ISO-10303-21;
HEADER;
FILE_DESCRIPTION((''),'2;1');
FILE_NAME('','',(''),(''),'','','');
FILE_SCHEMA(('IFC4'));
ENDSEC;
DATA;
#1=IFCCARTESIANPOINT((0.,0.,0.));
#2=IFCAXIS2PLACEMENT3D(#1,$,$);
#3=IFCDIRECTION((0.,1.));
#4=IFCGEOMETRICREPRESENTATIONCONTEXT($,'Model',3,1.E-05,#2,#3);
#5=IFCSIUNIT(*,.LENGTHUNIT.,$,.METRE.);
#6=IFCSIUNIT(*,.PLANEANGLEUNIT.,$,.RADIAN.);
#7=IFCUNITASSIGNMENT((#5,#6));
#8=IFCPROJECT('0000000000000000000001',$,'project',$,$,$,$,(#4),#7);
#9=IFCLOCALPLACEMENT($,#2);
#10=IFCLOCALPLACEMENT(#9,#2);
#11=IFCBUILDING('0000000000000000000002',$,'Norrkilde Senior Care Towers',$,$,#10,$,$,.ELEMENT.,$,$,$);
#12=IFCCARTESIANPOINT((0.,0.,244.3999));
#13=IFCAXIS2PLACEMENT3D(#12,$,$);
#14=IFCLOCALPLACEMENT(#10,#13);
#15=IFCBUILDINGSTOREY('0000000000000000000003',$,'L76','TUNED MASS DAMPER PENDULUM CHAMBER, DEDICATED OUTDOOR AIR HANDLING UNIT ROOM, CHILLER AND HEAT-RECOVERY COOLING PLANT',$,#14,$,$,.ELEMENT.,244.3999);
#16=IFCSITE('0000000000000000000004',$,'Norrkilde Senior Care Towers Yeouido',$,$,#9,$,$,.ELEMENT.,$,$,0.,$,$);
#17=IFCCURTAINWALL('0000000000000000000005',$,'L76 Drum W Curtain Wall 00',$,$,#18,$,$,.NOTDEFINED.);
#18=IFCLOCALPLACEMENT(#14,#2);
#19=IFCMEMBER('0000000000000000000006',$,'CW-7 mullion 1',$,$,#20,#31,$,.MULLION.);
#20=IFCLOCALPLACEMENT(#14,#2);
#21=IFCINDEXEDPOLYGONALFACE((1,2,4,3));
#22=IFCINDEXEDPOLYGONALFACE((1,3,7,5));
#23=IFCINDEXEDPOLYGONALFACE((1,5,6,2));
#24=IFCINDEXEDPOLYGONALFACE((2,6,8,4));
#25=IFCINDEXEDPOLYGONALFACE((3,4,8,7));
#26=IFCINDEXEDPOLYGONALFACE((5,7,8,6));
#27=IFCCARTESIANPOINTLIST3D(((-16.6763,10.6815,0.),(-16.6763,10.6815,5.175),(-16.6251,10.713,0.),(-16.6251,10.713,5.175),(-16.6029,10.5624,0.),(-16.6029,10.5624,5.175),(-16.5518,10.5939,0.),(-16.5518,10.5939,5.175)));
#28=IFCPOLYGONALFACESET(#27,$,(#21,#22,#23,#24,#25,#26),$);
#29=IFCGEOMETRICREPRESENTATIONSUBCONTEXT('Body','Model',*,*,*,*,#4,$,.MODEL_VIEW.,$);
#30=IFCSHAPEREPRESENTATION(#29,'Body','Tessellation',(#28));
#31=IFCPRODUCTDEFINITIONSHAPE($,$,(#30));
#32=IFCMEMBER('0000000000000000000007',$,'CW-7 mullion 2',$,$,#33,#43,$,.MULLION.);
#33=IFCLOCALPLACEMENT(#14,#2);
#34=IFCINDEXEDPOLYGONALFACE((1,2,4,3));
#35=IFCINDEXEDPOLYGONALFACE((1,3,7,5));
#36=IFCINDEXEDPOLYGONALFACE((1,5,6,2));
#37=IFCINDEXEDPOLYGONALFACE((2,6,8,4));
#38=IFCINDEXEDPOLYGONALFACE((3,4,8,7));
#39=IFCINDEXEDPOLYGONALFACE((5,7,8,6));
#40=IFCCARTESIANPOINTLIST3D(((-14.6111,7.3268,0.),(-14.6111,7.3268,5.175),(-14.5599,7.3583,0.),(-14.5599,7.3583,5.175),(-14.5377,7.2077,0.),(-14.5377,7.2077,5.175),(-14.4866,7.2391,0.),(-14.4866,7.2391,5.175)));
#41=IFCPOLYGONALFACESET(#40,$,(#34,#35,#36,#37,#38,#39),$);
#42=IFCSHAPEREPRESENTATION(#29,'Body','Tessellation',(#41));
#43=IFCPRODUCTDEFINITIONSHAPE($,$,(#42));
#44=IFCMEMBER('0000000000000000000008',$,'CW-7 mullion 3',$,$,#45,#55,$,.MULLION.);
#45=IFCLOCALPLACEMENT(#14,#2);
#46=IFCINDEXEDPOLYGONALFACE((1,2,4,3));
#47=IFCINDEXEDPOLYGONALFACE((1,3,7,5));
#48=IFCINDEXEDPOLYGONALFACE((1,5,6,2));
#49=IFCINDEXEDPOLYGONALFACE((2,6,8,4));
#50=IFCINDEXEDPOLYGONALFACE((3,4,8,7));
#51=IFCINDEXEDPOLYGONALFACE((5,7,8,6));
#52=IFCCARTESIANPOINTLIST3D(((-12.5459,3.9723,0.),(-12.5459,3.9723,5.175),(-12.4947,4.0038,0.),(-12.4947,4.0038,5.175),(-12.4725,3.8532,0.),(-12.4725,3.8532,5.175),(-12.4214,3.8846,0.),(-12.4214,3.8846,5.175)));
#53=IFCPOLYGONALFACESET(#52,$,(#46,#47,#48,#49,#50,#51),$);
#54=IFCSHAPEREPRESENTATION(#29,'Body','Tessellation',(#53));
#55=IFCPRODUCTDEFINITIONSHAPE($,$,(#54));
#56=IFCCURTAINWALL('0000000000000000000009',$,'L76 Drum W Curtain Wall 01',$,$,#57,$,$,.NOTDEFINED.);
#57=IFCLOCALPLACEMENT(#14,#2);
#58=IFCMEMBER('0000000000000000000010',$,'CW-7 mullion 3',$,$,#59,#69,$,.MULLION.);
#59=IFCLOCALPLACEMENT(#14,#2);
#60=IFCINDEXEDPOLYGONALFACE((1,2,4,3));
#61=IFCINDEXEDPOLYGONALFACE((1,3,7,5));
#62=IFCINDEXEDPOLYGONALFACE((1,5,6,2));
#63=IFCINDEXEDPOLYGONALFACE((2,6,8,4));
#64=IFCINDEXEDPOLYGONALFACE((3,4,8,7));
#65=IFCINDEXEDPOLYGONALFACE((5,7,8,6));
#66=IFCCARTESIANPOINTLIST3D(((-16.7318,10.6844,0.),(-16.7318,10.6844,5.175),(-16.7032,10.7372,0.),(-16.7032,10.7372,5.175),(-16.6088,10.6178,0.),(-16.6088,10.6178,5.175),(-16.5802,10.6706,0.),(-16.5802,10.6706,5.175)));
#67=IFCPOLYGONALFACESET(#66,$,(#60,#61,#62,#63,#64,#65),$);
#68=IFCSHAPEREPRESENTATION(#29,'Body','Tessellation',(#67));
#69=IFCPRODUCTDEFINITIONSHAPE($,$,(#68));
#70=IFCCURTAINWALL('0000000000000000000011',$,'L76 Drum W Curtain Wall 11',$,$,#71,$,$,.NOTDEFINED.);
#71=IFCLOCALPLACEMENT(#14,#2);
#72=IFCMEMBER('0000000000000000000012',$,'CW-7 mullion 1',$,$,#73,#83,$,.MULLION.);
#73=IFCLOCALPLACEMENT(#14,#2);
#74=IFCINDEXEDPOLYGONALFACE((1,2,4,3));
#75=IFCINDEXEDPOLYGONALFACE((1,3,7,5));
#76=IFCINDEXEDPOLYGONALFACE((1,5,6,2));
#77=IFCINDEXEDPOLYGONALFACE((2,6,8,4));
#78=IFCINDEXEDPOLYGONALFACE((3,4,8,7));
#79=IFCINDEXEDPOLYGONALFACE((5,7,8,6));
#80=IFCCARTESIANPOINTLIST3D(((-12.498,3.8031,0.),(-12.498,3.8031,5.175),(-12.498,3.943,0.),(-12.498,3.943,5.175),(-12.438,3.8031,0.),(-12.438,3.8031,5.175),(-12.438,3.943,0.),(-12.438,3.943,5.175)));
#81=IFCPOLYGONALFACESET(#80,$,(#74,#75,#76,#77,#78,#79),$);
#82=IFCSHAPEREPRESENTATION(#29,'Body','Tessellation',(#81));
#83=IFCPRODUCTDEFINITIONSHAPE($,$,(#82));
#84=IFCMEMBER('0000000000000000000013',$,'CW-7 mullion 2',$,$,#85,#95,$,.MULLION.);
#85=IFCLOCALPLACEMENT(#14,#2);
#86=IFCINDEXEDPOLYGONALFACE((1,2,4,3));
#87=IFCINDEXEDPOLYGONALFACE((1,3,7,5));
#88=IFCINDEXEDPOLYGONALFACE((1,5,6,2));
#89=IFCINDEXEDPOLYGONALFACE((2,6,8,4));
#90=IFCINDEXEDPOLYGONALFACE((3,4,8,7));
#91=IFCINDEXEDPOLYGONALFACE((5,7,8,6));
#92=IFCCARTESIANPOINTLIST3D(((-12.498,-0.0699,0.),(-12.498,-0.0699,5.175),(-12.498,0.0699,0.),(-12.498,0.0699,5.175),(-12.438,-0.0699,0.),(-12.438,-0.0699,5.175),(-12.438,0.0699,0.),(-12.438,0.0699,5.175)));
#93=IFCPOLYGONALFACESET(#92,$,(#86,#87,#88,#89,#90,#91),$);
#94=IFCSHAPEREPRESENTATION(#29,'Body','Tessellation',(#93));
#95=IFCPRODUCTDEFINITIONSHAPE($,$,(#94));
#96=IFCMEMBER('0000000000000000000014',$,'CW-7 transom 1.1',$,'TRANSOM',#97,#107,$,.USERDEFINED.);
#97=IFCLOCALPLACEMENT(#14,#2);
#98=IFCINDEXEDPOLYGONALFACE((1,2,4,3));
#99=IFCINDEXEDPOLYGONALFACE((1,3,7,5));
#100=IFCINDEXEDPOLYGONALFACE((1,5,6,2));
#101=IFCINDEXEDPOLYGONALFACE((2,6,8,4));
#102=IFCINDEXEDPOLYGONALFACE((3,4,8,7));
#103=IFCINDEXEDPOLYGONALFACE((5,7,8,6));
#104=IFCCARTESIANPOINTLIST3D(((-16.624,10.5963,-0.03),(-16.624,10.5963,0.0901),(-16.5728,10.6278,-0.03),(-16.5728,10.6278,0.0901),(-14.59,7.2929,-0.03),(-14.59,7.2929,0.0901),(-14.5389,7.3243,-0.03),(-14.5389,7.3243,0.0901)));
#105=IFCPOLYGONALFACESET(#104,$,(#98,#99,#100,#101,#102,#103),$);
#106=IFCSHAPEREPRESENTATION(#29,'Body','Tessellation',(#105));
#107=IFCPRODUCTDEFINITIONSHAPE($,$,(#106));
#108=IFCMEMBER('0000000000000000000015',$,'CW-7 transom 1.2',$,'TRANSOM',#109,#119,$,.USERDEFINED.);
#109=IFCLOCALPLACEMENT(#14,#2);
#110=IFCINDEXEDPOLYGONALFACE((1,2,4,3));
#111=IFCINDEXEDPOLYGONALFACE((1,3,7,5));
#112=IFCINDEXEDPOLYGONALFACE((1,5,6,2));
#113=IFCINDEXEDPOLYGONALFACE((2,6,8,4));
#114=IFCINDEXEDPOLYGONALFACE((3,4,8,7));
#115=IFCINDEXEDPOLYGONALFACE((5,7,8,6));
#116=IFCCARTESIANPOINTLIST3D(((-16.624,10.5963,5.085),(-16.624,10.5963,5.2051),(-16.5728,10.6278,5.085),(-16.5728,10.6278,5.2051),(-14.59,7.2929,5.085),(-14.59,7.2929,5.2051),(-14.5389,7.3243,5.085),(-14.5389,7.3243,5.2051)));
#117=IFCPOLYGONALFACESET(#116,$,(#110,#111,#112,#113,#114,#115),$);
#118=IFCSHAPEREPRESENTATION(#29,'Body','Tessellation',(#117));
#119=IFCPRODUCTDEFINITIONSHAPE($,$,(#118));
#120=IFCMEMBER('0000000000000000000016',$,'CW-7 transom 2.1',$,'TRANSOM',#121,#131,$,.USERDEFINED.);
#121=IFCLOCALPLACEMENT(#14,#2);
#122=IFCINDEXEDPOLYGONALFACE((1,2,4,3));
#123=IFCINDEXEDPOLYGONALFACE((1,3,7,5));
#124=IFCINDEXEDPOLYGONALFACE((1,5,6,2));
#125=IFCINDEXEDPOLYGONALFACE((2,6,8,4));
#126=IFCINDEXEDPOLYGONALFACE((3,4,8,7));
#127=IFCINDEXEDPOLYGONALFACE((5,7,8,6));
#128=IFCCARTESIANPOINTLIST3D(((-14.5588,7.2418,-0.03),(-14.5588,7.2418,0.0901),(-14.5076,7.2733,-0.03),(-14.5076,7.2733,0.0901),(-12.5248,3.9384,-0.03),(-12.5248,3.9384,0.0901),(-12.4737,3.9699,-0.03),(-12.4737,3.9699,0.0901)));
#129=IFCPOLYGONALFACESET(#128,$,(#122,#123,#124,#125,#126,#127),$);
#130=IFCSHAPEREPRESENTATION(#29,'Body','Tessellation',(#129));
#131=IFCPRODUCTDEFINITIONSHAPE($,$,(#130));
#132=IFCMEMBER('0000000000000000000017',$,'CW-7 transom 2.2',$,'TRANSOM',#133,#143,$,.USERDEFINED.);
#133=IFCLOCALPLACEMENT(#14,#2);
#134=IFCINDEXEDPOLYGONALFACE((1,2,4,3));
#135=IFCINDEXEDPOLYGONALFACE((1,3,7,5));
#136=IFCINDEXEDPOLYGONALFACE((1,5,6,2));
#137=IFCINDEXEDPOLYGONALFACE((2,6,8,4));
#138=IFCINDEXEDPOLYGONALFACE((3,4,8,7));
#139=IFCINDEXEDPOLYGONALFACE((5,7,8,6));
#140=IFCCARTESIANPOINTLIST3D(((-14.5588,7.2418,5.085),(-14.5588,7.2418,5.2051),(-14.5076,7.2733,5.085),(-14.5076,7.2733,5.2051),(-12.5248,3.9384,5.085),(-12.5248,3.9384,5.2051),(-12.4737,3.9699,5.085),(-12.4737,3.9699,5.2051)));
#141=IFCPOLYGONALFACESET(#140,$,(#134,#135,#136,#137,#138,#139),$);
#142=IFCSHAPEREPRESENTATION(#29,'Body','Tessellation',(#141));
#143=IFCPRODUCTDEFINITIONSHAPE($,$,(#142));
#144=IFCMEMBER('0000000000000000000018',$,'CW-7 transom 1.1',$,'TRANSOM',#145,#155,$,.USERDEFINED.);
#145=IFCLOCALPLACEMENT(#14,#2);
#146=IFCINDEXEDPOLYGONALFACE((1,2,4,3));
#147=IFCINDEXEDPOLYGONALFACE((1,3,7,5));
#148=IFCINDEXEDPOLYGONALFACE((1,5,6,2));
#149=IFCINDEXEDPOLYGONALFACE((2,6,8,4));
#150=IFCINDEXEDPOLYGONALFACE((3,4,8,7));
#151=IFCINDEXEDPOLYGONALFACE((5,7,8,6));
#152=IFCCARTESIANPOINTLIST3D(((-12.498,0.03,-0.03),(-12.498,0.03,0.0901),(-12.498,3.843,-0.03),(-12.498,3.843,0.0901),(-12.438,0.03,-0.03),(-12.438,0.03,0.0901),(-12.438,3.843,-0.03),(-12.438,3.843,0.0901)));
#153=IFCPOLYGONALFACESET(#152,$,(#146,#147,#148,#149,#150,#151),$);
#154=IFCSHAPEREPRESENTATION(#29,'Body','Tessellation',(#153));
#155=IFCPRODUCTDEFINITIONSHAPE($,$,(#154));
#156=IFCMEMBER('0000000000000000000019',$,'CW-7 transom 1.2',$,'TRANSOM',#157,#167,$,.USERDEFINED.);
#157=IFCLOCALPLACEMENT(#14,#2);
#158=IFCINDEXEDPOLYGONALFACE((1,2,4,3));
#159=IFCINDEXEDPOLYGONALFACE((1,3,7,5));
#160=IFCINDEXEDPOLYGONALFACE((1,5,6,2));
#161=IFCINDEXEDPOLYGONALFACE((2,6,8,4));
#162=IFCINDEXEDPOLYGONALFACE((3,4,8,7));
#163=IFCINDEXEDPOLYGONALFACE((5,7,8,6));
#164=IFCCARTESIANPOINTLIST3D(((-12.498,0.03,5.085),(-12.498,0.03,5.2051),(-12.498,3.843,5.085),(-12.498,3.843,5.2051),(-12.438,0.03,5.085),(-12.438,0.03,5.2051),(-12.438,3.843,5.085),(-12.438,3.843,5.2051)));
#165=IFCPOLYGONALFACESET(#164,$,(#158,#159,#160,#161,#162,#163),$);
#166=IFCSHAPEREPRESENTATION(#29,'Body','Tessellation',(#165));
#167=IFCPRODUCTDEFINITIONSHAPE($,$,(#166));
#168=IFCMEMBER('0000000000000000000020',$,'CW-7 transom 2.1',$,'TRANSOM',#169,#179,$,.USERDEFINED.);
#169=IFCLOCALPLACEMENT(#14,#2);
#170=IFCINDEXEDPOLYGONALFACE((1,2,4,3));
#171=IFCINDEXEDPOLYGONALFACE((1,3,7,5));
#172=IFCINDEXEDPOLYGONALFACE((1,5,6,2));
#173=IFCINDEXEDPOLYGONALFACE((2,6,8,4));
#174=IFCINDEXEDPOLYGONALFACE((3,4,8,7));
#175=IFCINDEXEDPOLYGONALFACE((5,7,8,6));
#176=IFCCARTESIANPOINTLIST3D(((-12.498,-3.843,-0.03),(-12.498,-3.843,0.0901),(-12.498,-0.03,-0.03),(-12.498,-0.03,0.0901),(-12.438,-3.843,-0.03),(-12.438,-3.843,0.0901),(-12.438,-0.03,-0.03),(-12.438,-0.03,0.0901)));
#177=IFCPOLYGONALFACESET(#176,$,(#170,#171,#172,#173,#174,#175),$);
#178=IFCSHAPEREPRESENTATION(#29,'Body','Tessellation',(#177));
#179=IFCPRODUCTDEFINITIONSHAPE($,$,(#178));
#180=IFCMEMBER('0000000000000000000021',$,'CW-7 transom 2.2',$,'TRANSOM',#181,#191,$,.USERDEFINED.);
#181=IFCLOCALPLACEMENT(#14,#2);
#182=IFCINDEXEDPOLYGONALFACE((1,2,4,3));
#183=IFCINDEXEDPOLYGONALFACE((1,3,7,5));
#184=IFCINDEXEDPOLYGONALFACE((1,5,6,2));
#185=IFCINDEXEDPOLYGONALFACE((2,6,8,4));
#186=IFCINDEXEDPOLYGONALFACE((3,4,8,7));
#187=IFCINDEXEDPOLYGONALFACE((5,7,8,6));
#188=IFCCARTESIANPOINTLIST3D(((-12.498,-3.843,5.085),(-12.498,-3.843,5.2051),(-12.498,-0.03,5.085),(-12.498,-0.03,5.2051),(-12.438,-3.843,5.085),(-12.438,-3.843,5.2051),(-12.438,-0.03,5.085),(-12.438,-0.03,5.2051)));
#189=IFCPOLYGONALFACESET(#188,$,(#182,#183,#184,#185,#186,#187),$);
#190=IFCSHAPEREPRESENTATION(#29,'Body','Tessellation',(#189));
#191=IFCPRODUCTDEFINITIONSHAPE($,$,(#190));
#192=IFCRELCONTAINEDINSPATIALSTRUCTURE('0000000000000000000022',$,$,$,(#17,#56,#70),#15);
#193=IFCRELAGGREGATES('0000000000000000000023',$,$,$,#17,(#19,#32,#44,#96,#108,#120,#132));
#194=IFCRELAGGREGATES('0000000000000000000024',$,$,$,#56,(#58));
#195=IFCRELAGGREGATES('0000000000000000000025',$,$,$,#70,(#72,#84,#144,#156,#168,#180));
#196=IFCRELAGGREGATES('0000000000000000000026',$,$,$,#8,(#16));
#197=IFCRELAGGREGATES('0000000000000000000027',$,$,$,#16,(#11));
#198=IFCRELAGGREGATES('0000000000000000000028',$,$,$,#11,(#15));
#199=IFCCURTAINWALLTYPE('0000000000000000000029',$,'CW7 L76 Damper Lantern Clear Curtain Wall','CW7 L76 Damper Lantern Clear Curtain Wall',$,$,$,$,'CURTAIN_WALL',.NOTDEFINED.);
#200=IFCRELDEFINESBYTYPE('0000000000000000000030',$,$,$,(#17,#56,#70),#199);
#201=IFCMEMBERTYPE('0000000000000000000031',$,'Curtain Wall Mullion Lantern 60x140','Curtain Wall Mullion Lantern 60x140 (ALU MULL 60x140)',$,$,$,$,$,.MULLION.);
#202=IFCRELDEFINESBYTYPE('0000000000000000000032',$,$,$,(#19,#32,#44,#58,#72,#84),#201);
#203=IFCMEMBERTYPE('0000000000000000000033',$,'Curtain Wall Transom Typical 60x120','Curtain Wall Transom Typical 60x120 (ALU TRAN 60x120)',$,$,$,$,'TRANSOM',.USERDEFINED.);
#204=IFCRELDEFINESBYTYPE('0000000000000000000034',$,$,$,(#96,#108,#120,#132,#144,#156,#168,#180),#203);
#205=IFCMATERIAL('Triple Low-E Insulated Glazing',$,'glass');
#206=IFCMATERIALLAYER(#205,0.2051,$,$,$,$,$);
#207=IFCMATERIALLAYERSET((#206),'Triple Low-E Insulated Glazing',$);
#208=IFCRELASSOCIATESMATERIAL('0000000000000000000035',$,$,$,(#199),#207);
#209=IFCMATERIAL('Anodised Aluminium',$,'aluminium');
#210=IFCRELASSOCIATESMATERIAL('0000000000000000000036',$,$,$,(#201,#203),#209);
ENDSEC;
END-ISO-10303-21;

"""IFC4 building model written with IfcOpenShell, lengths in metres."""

from ifc_helpers import new_model, si_unit, direction, frame, origin, origin_2d, place, context, subcontext, project, spatial, rectangle, extrude, source, transform, mapped, material, layer, layer_set, material_profile, profile_set, type_object, type_shapes, element, aggregate, save


model = new_model("IFC4")

# Units and contexts
model_context = context("Model", 3, precision=1e-05, world=origin(), true_north=direction((0.0, 1.0)))
body_context = subcontext(model_context, "Body", "Model", "MODEL_VIEW")
ifc_project = project(units=[si_unit("LENGTHUNIT", "METRE"), si_unit("PLANEANGLEUNIT", "RADIAN")], contexts=[model_context])

# Site, building, storey
site_placement = place(None, origin())
site = spatial("IfcSite", under=ifc_project, at=site_placement, Name="Norrkilde Senior Care Towers Yeouido", CompositionType="ELEMENT", RefElevation=0.0)
building_placement = place(site_placement, origin())
building = spatial("IfcBuilding", under=site, at=building_placement, Name="Norrkilde Senior Care Towers", CompositionType="ELEMENT")
storey_placement = place(building_placement, frame((0.0, 0.0, 244.3999)))
storey = spatial("IfcBuildingStorey", under=building, at=storey_placement, Name="L76", Description="TUNED MASS DAMPER PENDULUM CHAMBER, DEDICATED OUTDOOR AIR HANDLING UNIT ROOM, CHILLER AND HEAT-RECOVERY COOLING PLANT", CompositionType="ELEMENT", Elevation=244.3999)

# Curtain wall, members
ifc_material_1 = material(Name="Triple Low-E Insulated Glazing", Category="glass")
ifc_layer_1 = layer(ifc_material_1, 0.2051)
ifc_layer_set_1 = layer_set([ifc_layer_1], Name="Triple Low-E Insulated Glazing")
curtain_wall_type = type_object("IfcCurtainWallType", Name="CW7 L76 Damper Lantern Clear Curtain Wall", Description="CW7 L76 Damper Lantern Clear Curtain Wall", ElementType="CURTAIN_WALL", PredefinedType="NOTDEFINED", material=ifc_layer_set_1)
curtain_wall_1_placement = place(storey_placement, origin())
curtain_wall_1 = element("IfcCurtainWall", 1, at=curtain_wall_1_placement, inside=storey, type_object=curtain_wall_type, Name="L76 Drum W Curtain Wall 00", PredefinedType="NOTDEFINED")
ifc_material_2 = material(Name="Anodised Aluminium", Category="aluminium")
ifc_material_profile_1 = material_profile(ifc_material_2, rectangle(XDim=0.0601, YDim=0.1399, at=origin_2d()), Name="ALU MULL 60x140")
ifc_profile_set_1 = profile_set([ifc_material_profile_1], Name="Anodised Aluminium")
member_type_1 = type_object("IfcMemberType", Name="Curtain Wall Mullion Lantern 60x140", Description="Curtain Wall Mullion Lantern 60x140 (ALU MULL 60x140)", PredefinedType="MULLION", material=ifc_profile_set_1)
shared_shape_1 = source(origin(), body_context, "Body", "SweptSolid", [
    extrude(rectangle(XDim=0.0601, YDim=0.1399, at=origin_2d()), origin(), (0.0, 0.0, 1.0), 5.175),
])
type_shapes(member_type_1, [shared_shape_1])
member_1_placement = place(storey_placement, frame((-16.614, 10.6377, 0.0), z_axis=(0.0, 0.0, 1.0), x_axis=(0.851563, 0.524253, 0.0)))
member_1 = element("IfcMember", 2, at=member_1_placement, type_object=member_type_1, Name="CW-7 mullion 1", PredefinedType="MULLION", context=body_context, shape_type="MappedRepresentation", body=[
    mapped(shared_shape_1, transform((0.0, 0.0, 0.0), x_axis=(1.0, 0.0, 0.0), y_axis=(0.0, 1.0, 0.0), z_axis=(0.0, 0.0, 1.0), scale=1.0)),
])
member_2_placement = place(storey_placement, frame((-14.5488, 7.283, 0.0), z_axis=(0.0, 0.0, 1.0), x_axis=(0.851563, 0.524253, 0.0)))
member_2 = element("IfcMember", 3, at=member_2_placement, type_object=member_type_1, Name="CW-7 mullion 2", PredefinedType="MULLION", context=body_context, shape_type="MappedRepresentation", body=[
    mapped(shared_shape_1, transform((0.0, 0.0, 0.0), x_axis=(1.0, 0.0, 0.0), y_axis=(0.0, 1.0, 0.0), z_axis=(0.0, 0.0, 1.0), scale=1.0)),
])
member_3_placement = place(storey_placement, frame((-12.4836, 3.9285, 0.0), z_axis=(0.0, 0.0, 1.0), x_axis=(0.851563, 0.524253, 0.0)))
member_3 = element("IfcMember", 4, at=member_3_placement, type_object=member_type_1, Name="CW-7 mullion 3", PredefinedType="MULLION", context=body_context, shape_type="MappedRepresentation", body=[
    mapped(shared_shape_1, transform((0.0, 0.0, 0.0), x_axis=(1.0, 0.0, 0.0), y_axis=(0.0, 1.0, 0.0), z_axis=(0.0, 0.0, 1.0), scale=1.0)),
])

# Curtain wall, member
curtain_wall_2_placement = place(storey_placement, origin())
curtain_wall_2 = element("IfcCurtainWall", 5, at=curtain_wall_2_placement, inside=storey, type_object=curtain_wall_type, Name="L76 Drum W Curtain Wall 01", PredefinedType="NOTDEFINED")
member_4_placement = place(storey_placement, frame((-16.656, 10.6775, 0.0), z_axis=(0.0, 0.0, 1.0), x_axis=(0.476133, 0.879373, 0.0)))
member_4 = element("IfcMember", 6, at=member_4_placement, type_object=member_type_1, Name="CW-7 mullion 3", PredefinedType="MULLION", context=body_context, shape_type="MappedRepresentation", body=[
    mapped(shared_shape_1, transform((0.0, 0.0, 0.0), x_axis=(1.0, 0.0, 0.0), y_axis=(0.0, 1.0, 0.0), z_axis=(0.0, 0.0, 1.0), scale=1.0)),
])

# Curtain wall, members
curtain_wall_3_placement = place(storey_placement, origin())
curtain_wall_3 = element("IfcCurtainWall", 7, at=curtain_wall_3_placement, inside=storey, type_object=curtain_wall_type, Name="L76 Drum W Curtain Wall 11", PredefinedType="NOTDEFINED")
member_5_placement = place(storey_placement, frame((-12.468, 3.873, 0.0), z_axis=(0.0, 0.0, 1.0), x_axis=(1.0, 0.0, 0.0)))
member_5 = element("IfcMember", 8, at=member_5_placement, type_object=member_type_1, Name="CW-7 mullion 1", PredefinedType="MULLION", context=body_context, shape_type="MappedRepresentation", body=[
    mapped(shared_shape_1, transform((0.0, 0.0, 0.0), x_axis=(1.0, 0.0, 0.0), y_axis=(0.0, 1.0, 0.0), z_axis=(0.0, 0.0, 1.0), scale=1.0)),
])
member_6_placement = place(storey_placement, frame((-12.468, 0.0, 0.0), z_axis=(0.0, 0.0, 1.0), x_axis=(1.0, 0.0, 0.0)))
member_6 = element("IfcMember", 9, at=member_6_placement, type_object=member_type_1, Name="CW-7 mullion 2", PredefinedType="MULLION", context=body_context, shape_type="MappedRepresentation", body=[
    mapped(shared_shape_1, transform((0.0, 0.0, 0.0), x_axis=(1.0, 0.0, 0.0), y_axis=(0.0, 1.0, 0.0), z_axis=(0.0, 0.0, 1.0), scale=1.0)),
])

# Members
ifc_material_profile_2 = material_profile(ifc_material_2, rectangle(XDim=0.0601, YDim=0.1201, at=origin_2d()), Name="ALU TRAN 60x120")
ifc_profile_set_2 = profile_set([ifc_material_profile_2], Name="Anodised Aluminium")
member_type_2 = type_object("IfcMemberType", Name="Curtain Wall Transom Typical 60x120", Description="Curtain Wall Transom Typical 60x120 (ALU TRAN 60x120)", ElementType="TRANSOM", PredefinedType="USERDEFINED", material=ifc_profile_set_2)
shared_shape_2 = source(origin(), body_context, "Body", "SweptSolid", [
    extrude(rectangle(XDim=0.0601, YDim=0.1201, at=origin_2d()), origin(), (0.0, 0.0, 1.0), 3.8794),
])
member_7_placement = place(storey_placement, frame((-16.5984, 10.6121, 0.03), z_axis=(0.524291, -0.851539, 0.0), x_axis=(0.851539, 0.524291, 0.0)))
member_7 = element("IfcMember", 10, at=member_7_placement, type_object=member_type_2, Name="CW-7 transom 1.1", ObjectType="TRANSOM", PredefinedType="USERDEFINED", context=body_context, shape_type="MappedRepresentation", body=[
    mapped(shared_shape_2, transform((0.0, 0.0, 0.0), x_axis=(1.0, 0.0, 0.0), y_axis=(0.0, 1.0, 0.0), z_axis=(0.0, 0.0, 1.0), scale=1.0)),
])
member_8_placement = place(storey_placement, frame((-16.5984, 10.6121, 5.145), z_axis=(0.524291, -0.851539, 0.0), x_axis=(0.851539, 0.524291, 0.0)))
member_8 = element("IfcMember", 11, at=member_8_placement, type_object=member_type_2, Name="CW-7 transom 1.2", ObjectType="TRANSOM", PredefinedType="USERDEFINED", context=body_context, shape_type="MappedRepresentation", body=[
    mapped(shared_shape_2, transform((0.0, 0.0, 0.0), x_axis=(1.0, 0.0, 0.0), y_axis=(0.0, 1.0, 0.0), z_axis=(0.0, 0.0, 1.0), scale=1.0)),
])
member_9_placement = place(storey_placement, frame((-14.5332, 7.2576, 0.03), z_axis=(0.524291, -0.851539, 0.0), x_axis=(0.851539, 0.524291, 0.0)))
member_9 = element("IfcMember", 12, at=member_9_placement, type_object=member_type_2, Name="CW-7 transom 2.1", ObjectType="TRANSOM", PredefinedType="USERDEFINED", context=body_context, shape_type="MappedRepresentation", body=[
    mapped(shared_shape_2, transform((0.0, 0.0, 0.0), x_axis=(1.0, 0.0, 0.0), y_axis=(0.0, 1.0, 0.0), z_axis=(0.0, 0.0, 1.0), scale=1.0)),
])
member_10_placement = place(storey_placement, frame((-14.5332, 7.2576, 5.145), z_axis=(0.524291, -0.851539, 0.0), x_axis=(0.851539, 0.524291, 0.0)))
member_10 = element("IfcMember", 13, at=member_10_placement, type_object=member_type_2, Name="CW-7 transom 2.2", ObjectType="TRANSOM", PredefinedType="USERDEFINED", context=body_context, shape_type="MappedRepresentation", body=[
    mapped(shared_shape_2, transform((0.0, 0.0, 0.0), x_axis=(1.0, 0.0, 0.0), y_axis=(0.0, 1.0, 0.0), z_axis=(0.0, 0.0, 1.0), scale=1.0)),
])
shared_shape_3 = source(origin(), body_context, "Body", "SweptSolid", [
    extrude(rectangle(XDim=0.0601, YDim=0.1201, at=origin_2d()), origin(), (0.0, 0.0, 1.0), 3.813),
])
type_shapes(member_type_2, [shared_shape_2, shared_shape_3])
member_11_placement = place(storey_placement, frame((-12.468, 3.843, 0.03), z_axis=(0.0, -1.0, 0.0), x_axis=(1.0, 0.0, 0.0)))
member_11 = element("IfcMember", 14, at=member_11_placement, type_object=member_type_2, Name="CW-7 transom 1.1", ObjectType="TRANSOM", PredefinedType="USERDEFINED", context=body_context, shape_type="MappedRepresentation", body=[
    mapped(shared_shape_3, transform((0.0, 0.0, 0.0), x_axis=(1.0, 0.0, 0.0), y_axis=(0.0, 1.0, 0.0), z_axis=(0.0, 0.0, 1.0), scale=1.0)),
])
member_12_placement = place(storey_placement, frame((-12.468, 3.843, 5.145), z_axis=(0.0, -1.0, 0.0), x_axis=(1.0, 0.0, 0.0)))
member_12 = element("IfcMember", 15, at=member_12_placement, type_object=member_type_2, Name="CW-7 transom 1.2", ObjectType="TRANSOM", PredefinedType="USERDEFINED", context=body_context, shape_type="MappedRepresentation", body=[
    mapped(shared_shape_3, transform((0.0, 0.0, 0.0), x_axis=(1.0, 0.0, 0.0), y_axis=(0.0, 1.0, 0.0), z_axis=(0.0, 0.0, 1.0), scale=1.0)),
])
member_13_placement = place(storey_placement, frame((-12.468, -0.03, 0.03), z_axis=(0.0, -1.0, 0.0), x_axis=(1.0, 0.0, 0.0)))
member_13 = element("IfcMember", 16, at=member_13_placement, type_object=member_type_2, Name="CW-7 transom 2.1", ObjectType="TRANSOM", PredefinedType="USERDEFINED", context=body_context, shape_type="MappedRepresentation", body=[
    mapped(shared_shape_3, transform((0.0, 0.0, 0.0), x_axis=(1.0, 0.0, 0.0), y_axis=(0.0, 1.0, 0.0), z_axis=(0.0, 0.0, 1.0), scale=1.0)),
])
member_14_placement = place(storey_placement, frame((-12.468, -0.03, 5.145), z_axis=(0.0, -1.0, 0.0), x_axis=(1.0, 0.0, 0.0)))
member_14 = element("IfcMember", 17, at=member_14_placement, type_object=member_type_2, Name="CW-7 transom 2.2", ObjectType="TRANSOM", PredefinedType="USERDEFINED", context=body_context, shape_type="MappedRepresentation", body=[
    mapped(shared_shape_3, transform((0.0, 0.0, 0.0), x_axis=(1.0, 0.0, 0.0), y_axis=(0.0, 1.0, 0.0), z_axis=(0.0, 0.0, 1.0), scale=1.0)),
])

aggregate(curtain_wall_1, [member_1, member_2, member_3, member_7, member_8, member_9, member_10])
aggregate(curtain_wall_2, [member_4])
aggregate(curtain_wall_3, [member_5, member_6, member_11, member_12, member_13, member_14])

save(model, "model.ifc")
